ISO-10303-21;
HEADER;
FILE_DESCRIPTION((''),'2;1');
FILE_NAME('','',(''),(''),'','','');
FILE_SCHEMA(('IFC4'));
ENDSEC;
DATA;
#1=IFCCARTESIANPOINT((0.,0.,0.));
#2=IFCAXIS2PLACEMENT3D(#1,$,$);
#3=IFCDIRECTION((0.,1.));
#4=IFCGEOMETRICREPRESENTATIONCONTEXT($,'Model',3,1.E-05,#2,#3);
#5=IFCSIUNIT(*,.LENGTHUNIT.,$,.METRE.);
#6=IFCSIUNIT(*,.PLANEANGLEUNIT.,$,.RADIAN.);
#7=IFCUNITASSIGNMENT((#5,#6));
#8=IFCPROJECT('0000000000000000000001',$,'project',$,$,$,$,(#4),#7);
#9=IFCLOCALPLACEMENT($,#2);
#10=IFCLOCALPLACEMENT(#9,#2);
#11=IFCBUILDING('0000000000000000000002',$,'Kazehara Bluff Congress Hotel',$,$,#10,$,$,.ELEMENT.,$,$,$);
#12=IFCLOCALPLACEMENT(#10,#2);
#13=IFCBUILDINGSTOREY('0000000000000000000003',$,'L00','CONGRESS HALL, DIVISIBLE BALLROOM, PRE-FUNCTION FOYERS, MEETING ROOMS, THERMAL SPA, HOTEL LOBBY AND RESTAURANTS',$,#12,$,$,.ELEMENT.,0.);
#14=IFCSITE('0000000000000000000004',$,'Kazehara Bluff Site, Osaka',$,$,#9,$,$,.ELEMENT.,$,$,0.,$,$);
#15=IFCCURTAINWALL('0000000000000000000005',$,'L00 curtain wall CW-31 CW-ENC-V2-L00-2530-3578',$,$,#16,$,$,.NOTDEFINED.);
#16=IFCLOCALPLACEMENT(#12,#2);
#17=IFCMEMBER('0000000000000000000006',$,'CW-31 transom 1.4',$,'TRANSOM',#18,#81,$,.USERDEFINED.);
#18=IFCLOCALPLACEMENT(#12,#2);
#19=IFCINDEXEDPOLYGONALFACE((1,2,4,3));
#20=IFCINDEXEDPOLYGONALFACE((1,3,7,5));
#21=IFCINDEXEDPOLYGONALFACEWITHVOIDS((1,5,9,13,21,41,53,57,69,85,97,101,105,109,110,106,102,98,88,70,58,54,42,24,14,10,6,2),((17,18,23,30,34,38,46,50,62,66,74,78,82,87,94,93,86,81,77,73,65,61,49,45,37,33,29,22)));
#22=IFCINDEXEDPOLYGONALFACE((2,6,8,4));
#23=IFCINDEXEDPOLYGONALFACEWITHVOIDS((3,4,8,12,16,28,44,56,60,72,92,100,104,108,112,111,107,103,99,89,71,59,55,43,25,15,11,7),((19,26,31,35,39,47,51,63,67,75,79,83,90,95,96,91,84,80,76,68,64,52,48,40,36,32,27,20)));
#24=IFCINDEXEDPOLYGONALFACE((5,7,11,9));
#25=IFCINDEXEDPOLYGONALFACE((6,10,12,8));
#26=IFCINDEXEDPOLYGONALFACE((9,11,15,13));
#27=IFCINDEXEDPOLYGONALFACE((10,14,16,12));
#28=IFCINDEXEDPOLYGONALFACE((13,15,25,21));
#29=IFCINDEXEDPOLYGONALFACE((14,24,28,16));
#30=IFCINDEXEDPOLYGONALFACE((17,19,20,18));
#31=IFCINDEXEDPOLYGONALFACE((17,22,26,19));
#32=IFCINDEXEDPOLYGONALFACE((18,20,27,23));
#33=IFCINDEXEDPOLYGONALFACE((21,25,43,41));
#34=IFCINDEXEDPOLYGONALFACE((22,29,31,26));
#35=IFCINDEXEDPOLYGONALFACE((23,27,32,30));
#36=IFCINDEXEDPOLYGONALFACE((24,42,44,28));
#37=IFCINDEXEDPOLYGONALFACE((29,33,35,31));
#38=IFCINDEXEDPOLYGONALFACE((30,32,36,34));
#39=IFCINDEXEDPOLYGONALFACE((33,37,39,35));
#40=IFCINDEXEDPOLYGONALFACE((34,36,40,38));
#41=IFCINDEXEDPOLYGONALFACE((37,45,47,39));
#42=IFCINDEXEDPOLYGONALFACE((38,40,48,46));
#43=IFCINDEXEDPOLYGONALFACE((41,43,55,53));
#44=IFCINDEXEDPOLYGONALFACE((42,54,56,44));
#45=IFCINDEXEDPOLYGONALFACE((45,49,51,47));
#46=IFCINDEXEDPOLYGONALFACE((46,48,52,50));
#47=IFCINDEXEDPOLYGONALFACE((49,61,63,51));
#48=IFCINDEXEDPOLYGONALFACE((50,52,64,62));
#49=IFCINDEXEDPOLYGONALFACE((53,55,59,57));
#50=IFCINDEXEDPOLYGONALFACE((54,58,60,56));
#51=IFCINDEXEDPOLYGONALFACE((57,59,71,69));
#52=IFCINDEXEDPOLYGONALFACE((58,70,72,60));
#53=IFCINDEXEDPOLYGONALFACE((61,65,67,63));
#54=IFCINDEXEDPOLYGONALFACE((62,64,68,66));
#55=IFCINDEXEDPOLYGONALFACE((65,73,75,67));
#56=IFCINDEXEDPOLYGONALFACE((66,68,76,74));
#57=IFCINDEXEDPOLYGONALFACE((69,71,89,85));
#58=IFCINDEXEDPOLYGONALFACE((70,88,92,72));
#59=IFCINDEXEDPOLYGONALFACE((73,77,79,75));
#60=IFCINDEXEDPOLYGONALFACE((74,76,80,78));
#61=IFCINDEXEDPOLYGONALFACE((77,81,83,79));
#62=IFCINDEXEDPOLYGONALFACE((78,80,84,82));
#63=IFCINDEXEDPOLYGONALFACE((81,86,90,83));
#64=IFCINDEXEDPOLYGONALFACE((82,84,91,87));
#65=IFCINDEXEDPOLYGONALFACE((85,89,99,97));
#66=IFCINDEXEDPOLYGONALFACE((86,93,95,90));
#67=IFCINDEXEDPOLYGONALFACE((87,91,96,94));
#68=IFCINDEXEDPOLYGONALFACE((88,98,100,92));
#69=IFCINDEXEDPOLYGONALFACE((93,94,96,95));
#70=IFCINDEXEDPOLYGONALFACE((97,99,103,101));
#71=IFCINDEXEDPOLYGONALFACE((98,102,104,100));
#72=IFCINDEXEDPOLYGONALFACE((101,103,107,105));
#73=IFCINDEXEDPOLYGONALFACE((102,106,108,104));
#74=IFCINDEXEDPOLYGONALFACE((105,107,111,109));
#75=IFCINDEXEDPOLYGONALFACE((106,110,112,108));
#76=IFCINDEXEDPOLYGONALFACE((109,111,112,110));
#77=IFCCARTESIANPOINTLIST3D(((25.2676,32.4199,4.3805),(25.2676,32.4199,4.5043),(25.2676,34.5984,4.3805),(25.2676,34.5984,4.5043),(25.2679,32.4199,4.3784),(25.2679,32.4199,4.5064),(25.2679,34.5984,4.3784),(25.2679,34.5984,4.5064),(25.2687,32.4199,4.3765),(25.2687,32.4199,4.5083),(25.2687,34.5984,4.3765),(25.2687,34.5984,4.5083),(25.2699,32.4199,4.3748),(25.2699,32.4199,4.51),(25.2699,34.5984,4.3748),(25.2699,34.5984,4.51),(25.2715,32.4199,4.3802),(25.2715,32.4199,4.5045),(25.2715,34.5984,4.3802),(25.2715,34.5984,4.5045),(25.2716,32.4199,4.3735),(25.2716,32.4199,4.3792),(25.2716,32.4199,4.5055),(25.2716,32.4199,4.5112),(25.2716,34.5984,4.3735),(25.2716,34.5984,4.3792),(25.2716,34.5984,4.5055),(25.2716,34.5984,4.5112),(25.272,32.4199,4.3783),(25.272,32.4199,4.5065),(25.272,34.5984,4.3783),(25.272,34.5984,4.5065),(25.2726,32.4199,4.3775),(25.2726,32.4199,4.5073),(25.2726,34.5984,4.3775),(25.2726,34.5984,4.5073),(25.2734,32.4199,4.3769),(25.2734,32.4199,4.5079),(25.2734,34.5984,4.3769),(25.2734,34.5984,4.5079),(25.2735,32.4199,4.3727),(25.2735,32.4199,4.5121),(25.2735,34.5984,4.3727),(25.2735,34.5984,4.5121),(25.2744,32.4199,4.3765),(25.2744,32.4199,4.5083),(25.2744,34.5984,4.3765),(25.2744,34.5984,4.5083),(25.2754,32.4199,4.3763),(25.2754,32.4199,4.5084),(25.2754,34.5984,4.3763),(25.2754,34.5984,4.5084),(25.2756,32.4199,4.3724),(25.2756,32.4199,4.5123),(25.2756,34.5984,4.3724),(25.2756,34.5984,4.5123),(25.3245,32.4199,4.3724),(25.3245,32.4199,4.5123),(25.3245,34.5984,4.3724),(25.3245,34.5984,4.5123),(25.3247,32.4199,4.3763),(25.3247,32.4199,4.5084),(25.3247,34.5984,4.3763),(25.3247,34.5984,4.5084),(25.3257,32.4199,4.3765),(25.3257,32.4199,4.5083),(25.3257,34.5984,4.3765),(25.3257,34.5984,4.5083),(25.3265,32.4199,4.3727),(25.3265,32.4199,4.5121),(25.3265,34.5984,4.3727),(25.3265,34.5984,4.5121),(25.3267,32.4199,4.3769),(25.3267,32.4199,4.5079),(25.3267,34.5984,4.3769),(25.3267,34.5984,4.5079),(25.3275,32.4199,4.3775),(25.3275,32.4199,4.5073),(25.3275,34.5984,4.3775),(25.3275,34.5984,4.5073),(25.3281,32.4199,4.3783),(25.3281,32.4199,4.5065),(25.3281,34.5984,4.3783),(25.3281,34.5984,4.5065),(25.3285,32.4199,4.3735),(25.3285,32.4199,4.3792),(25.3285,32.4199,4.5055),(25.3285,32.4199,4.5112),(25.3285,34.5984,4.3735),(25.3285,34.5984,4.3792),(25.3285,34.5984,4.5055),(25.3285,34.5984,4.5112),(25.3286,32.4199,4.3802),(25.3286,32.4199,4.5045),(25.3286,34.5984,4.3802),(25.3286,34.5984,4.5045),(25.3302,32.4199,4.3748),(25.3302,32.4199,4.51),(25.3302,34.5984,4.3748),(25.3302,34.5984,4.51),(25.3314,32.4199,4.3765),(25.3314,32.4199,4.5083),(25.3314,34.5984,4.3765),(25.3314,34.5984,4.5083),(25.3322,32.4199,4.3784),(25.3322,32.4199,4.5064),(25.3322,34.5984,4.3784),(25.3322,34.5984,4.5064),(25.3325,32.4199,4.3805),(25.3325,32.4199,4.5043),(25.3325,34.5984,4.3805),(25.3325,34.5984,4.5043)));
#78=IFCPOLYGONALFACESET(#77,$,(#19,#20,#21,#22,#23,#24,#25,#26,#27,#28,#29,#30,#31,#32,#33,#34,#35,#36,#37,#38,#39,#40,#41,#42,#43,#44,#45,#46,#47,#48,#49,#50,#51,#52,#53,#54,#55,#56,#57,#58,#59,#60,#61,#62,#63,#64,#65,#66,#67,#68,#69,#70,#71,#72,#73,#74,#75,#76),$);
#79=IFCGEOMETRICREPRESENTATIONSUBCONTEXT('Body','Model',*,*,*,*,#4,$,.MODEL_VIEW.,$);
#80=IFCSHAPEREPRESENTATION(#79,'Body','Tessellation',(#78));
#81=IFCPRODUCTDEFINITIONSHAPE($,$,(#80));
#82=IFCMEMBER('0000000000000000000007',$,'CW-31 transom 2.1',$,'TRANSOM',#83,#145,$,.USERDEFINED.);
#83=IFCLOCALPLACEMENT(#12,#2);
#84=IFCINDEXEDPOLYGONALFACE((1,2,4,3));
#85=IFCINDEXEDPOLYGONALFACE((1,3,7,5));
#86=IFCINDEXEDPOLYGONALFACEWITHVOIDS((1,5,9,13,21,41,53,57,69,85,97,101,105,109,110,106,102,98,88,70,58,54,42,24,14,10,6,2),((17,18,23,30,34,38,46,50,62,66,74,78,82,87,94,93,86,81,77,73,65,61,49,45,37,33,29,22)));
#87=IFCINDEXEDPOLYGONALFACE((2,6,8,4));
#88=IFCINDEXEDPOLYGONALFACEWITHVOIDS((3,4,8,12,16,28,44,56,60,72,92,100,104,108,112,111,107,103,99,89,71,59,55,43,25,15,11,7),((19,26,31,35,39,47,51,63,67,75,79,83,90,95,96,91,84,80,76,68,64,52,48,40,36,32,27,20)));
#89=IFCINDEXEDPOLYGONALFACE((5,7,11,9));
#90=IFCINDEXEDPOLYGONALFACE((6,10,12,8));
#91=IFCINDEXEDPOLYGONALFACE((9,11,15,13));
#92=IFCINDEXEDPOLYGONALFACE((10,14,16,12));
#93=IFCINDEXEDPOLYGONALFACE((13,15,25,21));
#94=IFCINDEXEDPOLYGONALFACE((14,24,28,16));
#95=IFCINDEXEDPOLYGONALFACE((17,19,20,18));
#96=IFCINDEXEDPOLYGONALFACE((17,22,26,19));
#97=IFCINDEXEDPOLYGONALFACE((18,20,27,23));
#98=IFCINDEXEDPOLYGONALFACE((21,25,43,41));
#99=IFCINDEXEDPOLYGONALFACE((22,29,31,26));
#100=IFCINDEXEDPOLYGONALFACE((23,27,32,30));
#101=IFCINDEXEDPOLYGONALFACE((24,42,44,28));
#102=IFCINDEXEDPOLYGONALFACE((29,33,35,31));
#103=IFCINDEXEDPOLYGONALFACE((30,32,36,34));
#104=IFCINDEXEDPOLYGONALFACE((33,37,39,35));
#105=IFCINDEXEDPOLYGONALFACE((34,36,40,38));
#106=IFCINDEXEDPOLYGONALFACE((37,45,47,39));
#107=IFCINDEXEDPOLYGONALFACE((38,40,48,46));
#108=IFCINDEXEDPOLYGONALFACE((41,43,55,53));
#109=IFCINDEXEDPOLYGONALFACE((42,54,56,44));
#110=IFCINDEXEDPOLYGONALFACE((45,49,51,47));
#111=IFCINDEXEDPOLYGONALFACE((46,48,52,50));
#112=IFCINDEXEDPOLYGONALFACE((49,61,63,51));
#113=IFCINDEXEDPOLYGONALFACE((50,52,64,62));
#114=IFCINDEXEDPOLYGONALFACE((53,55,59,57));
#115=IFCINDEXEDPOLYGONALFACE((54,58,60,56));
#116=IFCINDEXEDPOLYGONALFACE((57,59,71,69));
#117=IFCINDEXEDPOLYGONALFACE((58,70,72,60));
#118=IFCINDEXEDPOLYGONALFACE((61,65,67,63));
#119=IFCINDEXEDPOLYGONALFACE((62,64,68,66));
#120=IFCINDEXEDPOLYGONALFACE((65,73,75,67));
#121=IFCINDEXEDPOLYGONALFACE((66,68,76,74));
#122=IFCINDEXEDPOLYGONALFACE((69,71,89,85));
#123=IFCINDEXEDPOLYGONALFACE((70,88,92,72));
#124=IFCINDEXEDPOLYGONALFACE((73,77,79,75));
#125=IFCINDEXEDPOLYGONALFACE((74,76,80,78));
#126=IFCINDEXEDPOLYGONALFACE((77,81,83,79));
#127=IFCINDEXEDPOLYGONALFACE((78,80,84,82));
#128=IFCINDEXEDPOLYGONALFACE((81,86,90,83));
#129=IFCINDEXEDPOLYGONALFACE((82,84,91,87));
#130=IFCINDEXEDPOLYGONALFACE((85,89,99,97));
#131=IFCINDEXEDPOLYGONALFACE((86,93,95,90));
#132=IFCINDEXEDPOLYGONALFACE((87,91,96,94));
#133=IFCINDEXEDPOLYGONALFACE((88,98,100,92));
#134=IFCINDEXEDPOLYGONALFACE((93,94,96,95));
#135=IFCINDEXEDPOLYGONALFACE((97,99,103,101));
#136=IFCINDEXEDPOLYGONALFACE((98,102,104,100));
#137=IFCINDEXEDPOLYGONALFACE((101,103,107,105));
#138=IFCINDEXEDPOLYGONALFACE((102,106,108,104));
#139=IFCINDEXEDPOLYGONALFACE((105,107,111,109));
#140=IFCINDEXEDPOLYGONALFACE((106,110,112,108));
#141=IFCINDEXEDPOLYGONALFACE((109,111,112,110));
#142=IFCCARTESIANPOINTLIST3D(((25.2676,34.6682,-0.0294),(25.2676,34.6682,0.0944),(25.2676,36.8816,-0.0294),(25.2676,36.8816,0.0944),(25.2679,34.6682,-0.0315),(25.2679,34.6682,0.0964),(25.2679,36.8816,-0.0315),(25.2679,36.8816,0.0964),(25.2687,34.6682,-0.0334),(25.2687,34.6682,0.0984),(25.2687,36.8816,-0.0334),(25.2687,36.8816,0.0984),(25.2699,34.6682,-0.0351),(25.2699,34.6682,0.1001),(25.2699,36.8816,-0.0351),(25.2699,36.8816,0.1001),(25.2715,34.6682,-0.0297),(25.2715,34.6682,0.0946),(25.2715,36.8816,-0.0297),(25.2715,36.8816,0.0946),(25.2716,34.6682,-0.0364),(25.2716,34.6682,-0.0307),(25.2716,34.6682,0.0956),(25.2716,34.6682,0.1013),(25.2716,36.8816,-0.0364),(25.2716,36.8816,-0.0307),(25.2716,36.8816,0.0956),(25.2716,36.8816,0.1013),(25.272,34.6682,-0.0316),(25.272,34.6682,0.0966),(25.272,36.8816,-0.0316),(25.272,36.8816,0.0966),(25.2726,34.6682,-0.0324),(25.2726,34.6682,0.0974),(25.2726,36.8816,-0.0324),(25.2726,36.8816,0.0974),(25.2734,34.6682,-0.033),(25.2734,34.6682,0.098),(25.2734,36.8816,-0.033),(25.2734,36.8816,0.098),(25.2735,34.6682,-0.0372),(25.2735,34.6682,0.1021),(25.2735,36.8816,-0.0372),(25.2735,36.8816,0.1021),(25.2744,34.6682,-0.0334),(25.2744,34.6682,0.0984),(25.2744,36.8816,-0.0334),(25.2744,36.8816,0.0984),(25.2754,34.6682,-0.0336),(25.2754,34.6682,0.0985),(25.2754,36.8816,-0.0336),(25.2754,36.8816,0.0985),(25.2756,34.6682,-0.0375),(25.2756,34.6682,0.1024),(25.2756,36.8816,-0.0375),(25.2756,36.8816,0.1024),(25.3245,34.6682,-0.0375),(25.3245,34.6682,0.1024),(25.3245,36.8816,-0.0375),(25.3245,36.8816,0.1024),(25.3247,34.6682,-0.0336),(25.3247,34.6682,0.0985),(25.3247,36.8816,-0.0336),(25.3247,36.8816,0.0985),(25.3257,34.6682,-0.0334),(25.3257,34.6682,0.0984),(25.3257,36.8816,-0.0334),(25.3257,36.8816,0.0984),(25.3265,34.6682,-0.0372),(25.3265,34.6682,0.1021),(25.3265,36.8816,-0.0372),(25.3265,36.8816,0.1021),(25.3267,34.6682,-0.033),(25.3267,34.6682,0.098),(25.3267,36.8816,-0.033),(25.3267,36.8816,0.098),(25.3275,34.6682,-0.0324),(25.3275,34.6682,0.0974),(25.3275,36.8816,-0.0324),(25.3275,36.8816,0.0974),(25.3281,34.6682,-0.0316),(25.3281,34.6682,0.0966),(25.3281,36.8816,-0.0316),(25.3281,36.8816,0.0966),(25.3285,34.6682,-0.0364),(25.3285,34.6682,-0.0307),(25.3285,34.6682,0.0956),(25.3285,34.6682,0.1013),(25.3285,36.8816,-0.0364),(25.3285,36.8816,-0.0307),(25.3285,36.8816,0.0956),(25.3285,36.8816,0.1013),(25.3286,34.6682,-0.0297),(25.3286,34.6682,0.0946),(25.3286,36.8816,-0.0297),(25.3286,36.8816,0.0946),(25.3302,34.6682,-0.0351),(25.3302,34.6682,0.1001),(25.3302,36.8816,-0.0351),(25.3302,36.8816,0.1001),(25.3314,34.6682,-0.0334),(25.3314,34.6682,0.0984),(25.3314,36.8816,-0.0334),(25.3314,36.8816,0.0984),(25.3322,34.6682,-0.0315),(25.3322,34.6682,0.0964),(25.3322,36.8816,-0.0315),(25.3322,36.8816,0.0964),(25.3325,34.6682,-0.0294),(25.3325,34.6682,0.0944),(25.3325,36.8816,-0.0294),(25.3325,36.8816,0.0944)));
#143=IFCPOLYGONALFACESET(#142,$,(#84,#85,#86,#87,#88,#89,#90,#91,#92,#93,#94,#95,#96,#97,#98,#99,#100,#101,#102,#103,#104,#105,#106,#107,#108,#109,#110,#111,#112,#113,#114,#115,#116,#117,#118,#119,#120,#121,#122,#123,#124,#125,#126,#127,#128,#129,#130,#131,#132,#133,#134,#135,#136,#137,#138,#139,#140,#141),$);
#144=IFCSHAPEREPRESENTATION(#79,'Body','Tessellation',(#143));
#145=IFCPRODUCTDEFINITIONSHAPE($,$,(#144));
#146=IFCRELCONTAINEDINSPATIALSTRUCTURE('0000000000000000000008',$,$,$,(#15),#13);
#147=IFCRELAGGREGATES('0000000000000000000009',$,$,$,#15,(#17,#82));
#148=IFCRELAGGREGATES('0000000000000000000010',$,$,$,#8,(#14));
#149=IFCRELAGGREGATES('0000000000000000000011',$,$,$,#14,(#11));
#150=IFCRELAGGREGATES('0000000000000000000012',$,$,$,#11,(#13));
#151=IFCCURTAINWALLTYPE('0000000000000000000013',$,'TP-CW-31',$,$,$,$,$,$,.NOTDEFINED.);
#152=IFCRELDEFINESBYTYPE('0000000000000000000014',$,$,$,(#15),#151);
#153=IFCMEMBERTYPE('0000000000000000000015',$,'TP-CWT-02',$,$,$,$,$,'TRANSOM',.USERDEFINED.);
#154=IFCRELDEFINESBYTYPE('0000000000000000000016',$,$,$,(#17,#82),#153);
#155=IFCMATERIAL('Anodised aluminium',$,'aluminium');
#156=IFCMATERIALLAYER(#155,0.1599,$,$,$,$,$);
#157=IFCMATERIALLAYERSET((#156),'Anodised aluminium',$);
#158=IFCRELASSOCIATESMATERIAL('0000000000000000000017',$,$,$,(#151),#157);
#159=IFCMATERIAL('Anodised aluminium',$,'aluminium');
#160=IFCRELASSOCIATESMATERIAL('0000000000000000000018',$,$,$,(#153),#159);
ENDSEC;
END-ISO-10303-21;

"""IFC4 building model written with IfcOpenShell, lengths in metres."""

from ifc_helpers import new_model, si_unit, direction, frame, origin, origin_2d, place, context, subcontext, project, spatial, hollow_rectangle, extrude, material, layer, layer_set, material_profile, profile_set, type_object, element, aggregate, save


model = new_model("IFC4")

# Units and contexts
model_context = context("Model", 3, precision=1e-05, world=origin(), true_north=direction((0.0, 1.0)))
body_context = subcontext(model_context, "Body", "Model", "MODEL_VIEW")
ifc_project = project(units=[si_unit("LENGTHUNIT", "METRE"), si_unit("PLANEANGLEUNIT", "RADIAN")], contexts=[model_context])

# Site, building, storey
site_placement = place(None, origin())
site = spatial("IfcSite", under=ifc_project, at=site_placement, Name="Kazehara Bluff Site, Osaka", CompositionType="ELEMENT", RefElevation=0.0)
building_placement = place(site_placement, origin())
building = spatial("IfcBuilding", under=site, at=building_placement, Name="Kazehara Bluff Congress Hotel", CompositionType="ELEMENT")
storey_placement = place(building_placement, origin())
storey = spatial("IfcBuildingStorey", under=building, at=storey_placement, Name="L00", Description="CONGRESS HALL, DIVISIBLE BALLROOM, PRE-FUNCTION FOYERS, MEETING ROOMS, THERMAL SPA, HOTEL LOBBY AND RESTAURANTS", CompositionType="ELEMENT", Elevation=0.0)

# Curtain wall, members
ifc_material_1 = material(Name="Anodised aluminium", Category="aluminium")
ifc_layer_1 = layer(ifc_material_1, 0.1599)
ifc_layer_set_1 = layer_set([ifc_layer_1], Name="Anodised aluminium")
curtain_wall_type = type_object("IfcCurtainWallType", Name="TP-CW-31", PredefinedType="NOTDEFINED", material=ifc_layer_set_1)
curtain_wall_placement = place(storey_placement, origin())
curtain_wall = element("IfcCurtainWall", 1, at=curtain_wall_placement, inside=storey, type_object=curtain_wall_type, Name="L00 curtain wall CW-31 CW-ENC-V2-L00-2530-3578", PredefinedType="NOTDEFINED")
ifc_material_2 = material(Name="Anodised aluminium", Category="aluminium")
ifc_material_profile_1 = material_profile(ifc_material_2, hollow_rectangle(XDim=0.0649, YDim=0.1399, WallThickness=0.0039, InnerFilletRadius=0.0039, OuterFilletRadius=0.0081, at=origin_2d()))
ifc_profile_set_1 = profile_set([ifc_material_profile_1], Name="Anodised aluminium")
member_type_1 = type_object("IfcMemberType", Name="TP-CWT-02", ElementType="TRANSOM", PredefinedType="USERDEFINED", material=ifc_profile_set_1)
member_1_placement = place(storey_placement, frame((25.3, 32.4199, 4.4424), z_axis=(0.0, 1.0, 0.0), x_axis=(-1.0, 0.0, 0.0)))
member_1 = element("IfcMember", 2, at=member_1_placement, type_object=member_type_1, Name="CW-31 transom 1.4", ObjectType="TRANSOM", PredefinedType="USERDEFINED", context=body_context, shape_type="SweptSolid", body=[
    extrude(hollow_rectangle(XDim=0.0649, YDim=0.1399, WallThickness=0.0039, InnerFilletRadius=0.0039, OuterFilletRadius=0.0081, at=origin_2d()), origin(), (0.0, 0.0, 1.0), 2.1785),
])
member_2_placement = place(storey_placement, frame((25.3, 34.6682, 0.0325), z_axis=(0.0, 1.0, 0.0), x_axis=(-1.0, 0.0, 0.0)))
member_2 = element("IfcMember", 3, at=member_2_placement, type_object=member_type_1, Name="CW-31 transom 2.1", ObjectType="TRANSOM", PredefinedType="USERDEFINED", context=body_context, shape_type="SweptSolid", body=[
    extrude(hollow_rectangle(XDim=0.0649, YDim=0.1399, WallThickness=0.0039, InnerFilletRadius=0.0039, OuterFilletRadius=0.0081, at=origin_2d()), origin(), (0.0, 0.0, 1.0), 2.2134),
])

aggregate(curtain_wall, [member_1, member_2])

save(model, "model.ifc")
